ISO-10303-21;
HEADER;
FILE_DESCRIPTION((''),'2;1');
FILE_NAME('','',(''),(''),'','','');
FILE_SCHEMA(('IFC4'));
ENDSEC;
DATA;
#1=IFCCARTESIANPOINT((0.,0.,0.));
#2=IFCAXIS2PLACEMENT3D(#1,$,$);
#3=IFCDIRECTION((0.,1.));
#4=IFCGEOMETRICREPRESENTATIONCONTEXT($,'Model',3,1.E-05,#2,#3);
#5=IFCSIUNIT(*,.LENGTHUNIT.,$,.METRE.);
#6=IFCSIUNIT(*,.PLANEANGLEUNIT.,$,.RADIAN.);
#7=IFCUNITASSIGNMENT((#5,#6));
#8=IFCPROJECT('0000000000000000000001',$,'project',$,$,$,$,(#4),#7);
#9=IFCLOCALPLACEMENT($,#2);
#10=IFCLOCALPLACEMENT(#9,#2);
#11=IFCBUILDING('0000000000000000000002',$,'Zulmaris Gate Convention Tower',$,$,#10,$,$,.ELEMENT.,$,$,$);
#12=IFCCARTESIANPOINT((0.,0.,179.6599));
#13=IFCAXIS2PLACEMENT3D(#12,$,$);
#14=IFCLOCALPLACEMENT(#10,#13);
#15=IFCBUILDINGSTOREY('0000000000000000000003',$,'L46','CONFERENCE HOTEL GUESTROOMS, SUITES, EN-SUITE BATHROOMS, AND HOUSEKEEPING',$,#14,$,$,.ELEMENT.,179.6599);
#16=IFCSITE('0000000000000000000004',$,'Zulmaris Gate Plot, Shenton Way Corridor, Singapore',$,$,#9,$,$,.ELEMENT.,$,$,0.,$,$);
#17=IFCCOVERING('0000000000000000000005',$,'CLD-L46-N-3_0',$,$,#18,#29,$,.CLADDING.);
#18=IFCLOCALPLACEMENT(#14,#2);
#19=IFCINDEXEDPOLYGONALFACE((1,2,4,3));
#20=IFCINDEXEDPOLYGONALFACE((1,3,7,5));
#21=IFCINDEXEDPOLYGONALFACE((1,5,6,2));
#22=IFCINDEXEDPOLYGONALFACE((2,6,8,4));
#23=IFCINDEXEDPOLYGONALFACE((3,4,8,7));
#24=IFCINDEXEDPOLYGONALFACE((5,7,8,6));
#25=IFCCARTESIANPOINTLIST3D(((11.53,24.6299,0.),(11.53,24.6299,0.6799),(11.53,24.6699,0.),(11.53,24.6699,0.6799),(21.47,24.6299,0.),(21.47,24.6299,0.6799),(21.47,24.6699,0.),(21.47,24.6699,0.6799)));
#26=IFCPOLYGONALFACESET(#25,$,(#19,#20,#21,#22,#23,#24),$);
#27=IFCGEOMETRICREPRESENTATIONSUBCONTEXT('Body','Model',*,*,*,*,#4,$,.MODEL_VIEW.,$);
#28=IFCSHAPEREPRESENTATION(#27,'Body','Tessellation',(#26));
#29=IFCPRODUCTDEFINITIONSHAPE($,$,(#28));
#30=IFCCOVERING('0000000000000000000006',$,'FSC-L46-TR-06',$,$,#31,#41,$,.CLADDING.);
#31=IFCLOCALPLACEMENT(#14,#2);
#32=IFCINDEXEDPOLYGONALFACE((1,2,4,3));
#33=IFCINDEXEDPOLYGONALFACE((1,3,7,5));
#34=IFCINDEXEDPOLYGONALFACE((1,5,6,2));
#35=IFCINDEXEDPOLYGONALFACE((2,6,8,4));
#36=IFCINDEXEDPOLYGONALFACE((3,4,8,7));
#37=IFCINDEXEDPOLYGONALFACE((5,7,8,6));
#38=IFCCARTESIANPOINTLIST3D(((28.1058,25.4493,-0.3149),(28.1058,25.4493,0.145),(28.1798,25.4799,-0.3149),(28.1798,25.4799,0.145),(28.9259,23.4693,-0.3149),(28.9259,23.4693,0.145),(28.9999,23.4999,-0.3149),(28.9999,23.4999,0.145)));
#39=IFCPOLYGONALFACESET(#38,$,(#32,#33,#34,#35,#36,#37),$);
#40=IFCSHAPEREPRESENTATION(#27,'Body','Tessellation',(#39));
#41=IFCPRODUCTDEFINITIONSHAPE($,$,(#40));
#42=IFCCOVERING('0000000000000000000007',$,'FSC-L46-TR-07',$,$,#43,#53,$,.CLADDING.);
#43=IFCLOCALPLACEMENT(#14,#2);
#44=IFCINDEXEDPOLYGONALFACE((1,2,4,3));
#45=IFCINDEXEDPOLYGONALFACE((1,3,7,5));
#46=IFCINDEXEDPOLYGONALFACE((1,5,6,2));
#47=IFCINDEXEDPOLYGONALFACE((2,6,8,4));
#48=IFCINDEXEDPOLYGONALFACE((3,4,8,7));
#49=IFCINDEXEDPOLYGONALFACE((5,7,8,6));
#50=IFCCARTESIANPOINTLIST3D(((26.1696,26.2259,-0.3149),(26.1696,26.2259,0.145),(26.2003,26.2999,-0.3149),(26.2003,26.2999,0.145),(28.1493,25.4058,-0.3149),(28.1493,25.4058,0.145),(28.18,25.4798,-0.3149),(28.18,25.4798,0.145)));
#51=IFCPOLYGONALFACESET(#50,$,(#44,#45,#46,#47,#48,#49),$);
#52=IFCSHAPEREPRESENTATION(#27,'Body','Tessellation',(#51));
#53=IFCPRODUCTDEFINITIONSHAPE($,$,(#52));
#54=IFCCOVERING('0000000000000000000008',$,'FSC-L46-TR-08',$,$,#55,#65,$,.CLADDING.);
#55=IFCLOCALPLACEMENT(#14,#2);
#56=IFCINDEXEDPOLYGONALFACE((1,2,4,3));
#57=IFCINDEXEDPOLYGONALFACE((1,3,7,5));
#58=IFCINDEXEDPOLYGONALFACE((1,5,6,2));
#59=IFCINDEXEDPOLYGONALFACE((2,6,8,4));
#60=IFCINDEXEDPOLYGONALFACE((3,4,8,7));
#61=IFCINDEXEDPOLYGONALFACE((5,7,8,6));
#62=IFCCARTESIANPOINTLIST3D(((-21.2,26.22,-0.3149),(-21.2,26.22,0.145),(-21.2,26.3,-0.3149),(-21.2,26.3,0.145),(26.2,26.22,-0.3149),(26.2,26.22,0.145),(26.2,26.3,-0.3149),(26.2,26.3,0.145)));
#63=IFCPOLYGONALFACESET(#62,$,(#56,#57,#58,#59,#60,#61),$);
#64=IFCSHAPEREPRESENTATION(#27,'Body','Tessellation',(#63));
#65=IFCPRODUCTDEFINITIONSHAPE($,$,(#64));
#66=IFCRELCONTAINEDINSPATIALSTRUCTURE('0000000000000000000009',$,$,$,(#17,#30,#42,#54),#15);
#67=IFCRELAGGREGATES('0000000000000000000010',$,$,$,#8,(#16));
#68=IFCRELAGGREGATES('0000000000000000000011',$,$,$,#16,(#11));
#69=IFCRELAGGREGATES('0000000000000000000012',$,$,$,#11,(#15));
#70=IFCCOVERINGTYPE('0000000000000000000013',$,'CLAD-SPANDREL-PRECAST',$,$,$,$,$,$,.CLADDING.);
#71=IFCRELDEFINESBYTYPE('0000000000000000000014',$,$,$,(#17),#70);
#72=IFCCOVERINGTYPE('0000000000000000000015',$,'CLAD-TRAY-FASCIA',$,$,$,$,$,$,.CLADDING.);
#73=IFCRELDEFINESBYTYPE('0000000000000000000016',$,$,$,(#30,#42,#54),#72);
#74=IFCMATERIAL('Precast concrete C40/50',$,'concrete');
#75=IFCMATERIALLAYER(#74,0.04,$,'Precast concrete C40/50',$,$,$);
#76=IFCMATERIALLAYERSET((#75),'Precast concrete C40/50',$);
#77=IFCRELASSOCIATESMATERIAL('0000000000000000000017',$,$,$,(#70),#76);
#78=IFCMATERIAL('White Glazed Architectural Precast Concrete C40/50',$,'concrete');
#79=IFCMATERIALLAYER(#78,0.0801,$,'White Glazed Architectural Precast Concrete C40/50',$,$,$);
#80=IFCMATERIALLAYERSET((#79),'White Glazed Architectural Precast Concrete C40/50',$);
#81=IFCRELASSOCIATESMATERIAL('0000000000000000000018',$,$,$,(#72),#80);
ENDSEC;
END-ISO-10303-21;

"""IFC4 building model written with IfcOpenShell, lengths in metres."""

from ifc_helpers import new_model, si_unit, direction, frame, frame_2d, origin, place, context, subcontext, project, spatial, rectangle, extrude, material, layer, layer_set, type_object, element, save


model = new_model("IFC4")

# Units and contexts
model_context = context("Model", 3, precision=1e-05, world=origin(), true_north=direction((0.0, 1.0)))
body_context = subcontext(model_context, "Body", "Model", "MODEL_VIEW")
ifc_project = project(units=[si_unit("LENGTHUNIT", "METRE"), si_unit("PLANEANGLEUNIT", "RADIAN")], contexts=[model_context])

# Site, building, storey
site_placement = place(None, origin())
site = spatial("IfcSite", under=ifc_project, at=site_placement, Name="Zulmaris Gate Plot, Shenton Way Corridor, Singapore", CompositionType="ELEMENT", RefElevation=0.0)
building_placement = place(site_placement, origin())
building = spatial("IfcBuilding", under=site, at=building_placement, Name="Zulmaris Gate Convention Tower", CompositionType="ELEMENT")
storey_placement = place(building_placement, frame((0.0, 0.0, 179.6599)))
storey = spatial("IfcBuildingStorey", under=building, at=storey_placement, Name="L46", Description="CONFERENCE HOTEL GUESTROOMS, SUITES, EN-SUITE BATHROOMS, AND HOUSEKEEPING", CompositionType="ELEMENT", Elevation=179.6599)

# Shared definitions
ifc_material_1 = material(Name="Precast concrete C40/50", Category="concrete")

# Coverings
ifc_layer_1 = layer(ifc_material_1, 0.04, Name="Precast concrete C40/50")
ifc_layer_set_1 = layer_set([ifc_layer_1], Name="Precast concrete C40/50")
covering_type_1 = type_object("IfcCoveringType", Name="CLAD-SPANDREL-PRECAST", PredefinedType="CLADDING", material=ifc_layer_set_1)
covering_1_placement = place(storey_placement, frame((21.47, 24.6499, 0.0), z_axis=(0.0, 0.0, 1.0), x_axis=(-1.0, 0.0, 0.0)))
element("IfcCovering", 1, at=covering_1_placement, inside=storey, type_object=covering_type_1, Name="CLD-L46-N-3_0", PredefinedType="CLADDING", context=body_context, shape_type="SweptSolid", body=[
    extrude(rectangle(XDim=9.9399, YDim=0.04, at=frame_2d((4.97, 0.0))), origin(), (0.0, 0.0, 1.0), 0.6799),
])
ifc_material_2 = material(Name="White Glazed Architectural Precast Concrete C40/50", Category="concrete")
ifc_layer_2 = layer(ifc_material_2, 0.0801, Name="White Glazed Architectural Precast Concrete C40/50")
ifc_layer_set_2 = layer_set([ifc_layer_2], Name="White Glazed Architectural Precast Concrete C40/50")
covering_type_2 = type_object("IfcCoveringType", Name="CLAD-TRAY-FASCIA", PredefinedType="CLADDING", material=ifc_layer_set_2)
covering_2_placement = place(storey_placement, frame((28.9629, 23.4846, -0.3149), z_axis=(0.0, 0.0, 1.0), x_axis=(-0.382657, 0.92389, 0.0)))
element("IfcCovering", 2, at=covering_2_placement, inside=storey, type_object=covering_type_2, Name="FSC-L46-TR-06", PredefinedType="CLADDING", context=body_context, shape_type="SweptSolid", body=[
    extrude(rectangle(XDim=2.1431, YDim=0.0801, at=frame_2d((1.0715, 0.0))), origin(), (0.0, 0.0, 1.0), 0.46),
])
covering_3_placement = place(storey_placement, frame((28.1646, 25.4429, -0.3149), z_axis=(0.0, 0.0, 1.0), x_axis=(-0.923874, 0.382697, 0.0)))
element("IfcCovering", 3, at=covering_3_placement, inside=storey, type_object=covering_type_2, Name="FSC-L46-TR-07", PredefinedType="CLADDING", context=body_context, shape_type="SweptSolid", body=[
    extrude(rectangle(XDim=2.1428, YDim=0.0801, at=frame_2d((1.0713, 0.0))), origin(), (0.0, 0.0, 1.0), 0.46),
])
covering_4_placement = place(storey_placement, frame((26.2, 26.26, -0.3149), z_axis=(0.0, 0.0, 1.0), x_axis=(-1.0, 0.0, 0.0)))
element("IfcCovering", 4, at=covering_4_placement, inside=storey, type_object=covering_type_2, Name="FSC-L46-TR-08", PredefinedType="CLADDING", context=body_context, shape_type="SweptSolid", body=[
    extrude(rectangle(XDim=47.3999, YDim=0.0801, at=frame_2d((23.7, 0.0))), origin(), (0.0, 0.0, 1.0), 0.46),
])

save(model, "model.ifc")
